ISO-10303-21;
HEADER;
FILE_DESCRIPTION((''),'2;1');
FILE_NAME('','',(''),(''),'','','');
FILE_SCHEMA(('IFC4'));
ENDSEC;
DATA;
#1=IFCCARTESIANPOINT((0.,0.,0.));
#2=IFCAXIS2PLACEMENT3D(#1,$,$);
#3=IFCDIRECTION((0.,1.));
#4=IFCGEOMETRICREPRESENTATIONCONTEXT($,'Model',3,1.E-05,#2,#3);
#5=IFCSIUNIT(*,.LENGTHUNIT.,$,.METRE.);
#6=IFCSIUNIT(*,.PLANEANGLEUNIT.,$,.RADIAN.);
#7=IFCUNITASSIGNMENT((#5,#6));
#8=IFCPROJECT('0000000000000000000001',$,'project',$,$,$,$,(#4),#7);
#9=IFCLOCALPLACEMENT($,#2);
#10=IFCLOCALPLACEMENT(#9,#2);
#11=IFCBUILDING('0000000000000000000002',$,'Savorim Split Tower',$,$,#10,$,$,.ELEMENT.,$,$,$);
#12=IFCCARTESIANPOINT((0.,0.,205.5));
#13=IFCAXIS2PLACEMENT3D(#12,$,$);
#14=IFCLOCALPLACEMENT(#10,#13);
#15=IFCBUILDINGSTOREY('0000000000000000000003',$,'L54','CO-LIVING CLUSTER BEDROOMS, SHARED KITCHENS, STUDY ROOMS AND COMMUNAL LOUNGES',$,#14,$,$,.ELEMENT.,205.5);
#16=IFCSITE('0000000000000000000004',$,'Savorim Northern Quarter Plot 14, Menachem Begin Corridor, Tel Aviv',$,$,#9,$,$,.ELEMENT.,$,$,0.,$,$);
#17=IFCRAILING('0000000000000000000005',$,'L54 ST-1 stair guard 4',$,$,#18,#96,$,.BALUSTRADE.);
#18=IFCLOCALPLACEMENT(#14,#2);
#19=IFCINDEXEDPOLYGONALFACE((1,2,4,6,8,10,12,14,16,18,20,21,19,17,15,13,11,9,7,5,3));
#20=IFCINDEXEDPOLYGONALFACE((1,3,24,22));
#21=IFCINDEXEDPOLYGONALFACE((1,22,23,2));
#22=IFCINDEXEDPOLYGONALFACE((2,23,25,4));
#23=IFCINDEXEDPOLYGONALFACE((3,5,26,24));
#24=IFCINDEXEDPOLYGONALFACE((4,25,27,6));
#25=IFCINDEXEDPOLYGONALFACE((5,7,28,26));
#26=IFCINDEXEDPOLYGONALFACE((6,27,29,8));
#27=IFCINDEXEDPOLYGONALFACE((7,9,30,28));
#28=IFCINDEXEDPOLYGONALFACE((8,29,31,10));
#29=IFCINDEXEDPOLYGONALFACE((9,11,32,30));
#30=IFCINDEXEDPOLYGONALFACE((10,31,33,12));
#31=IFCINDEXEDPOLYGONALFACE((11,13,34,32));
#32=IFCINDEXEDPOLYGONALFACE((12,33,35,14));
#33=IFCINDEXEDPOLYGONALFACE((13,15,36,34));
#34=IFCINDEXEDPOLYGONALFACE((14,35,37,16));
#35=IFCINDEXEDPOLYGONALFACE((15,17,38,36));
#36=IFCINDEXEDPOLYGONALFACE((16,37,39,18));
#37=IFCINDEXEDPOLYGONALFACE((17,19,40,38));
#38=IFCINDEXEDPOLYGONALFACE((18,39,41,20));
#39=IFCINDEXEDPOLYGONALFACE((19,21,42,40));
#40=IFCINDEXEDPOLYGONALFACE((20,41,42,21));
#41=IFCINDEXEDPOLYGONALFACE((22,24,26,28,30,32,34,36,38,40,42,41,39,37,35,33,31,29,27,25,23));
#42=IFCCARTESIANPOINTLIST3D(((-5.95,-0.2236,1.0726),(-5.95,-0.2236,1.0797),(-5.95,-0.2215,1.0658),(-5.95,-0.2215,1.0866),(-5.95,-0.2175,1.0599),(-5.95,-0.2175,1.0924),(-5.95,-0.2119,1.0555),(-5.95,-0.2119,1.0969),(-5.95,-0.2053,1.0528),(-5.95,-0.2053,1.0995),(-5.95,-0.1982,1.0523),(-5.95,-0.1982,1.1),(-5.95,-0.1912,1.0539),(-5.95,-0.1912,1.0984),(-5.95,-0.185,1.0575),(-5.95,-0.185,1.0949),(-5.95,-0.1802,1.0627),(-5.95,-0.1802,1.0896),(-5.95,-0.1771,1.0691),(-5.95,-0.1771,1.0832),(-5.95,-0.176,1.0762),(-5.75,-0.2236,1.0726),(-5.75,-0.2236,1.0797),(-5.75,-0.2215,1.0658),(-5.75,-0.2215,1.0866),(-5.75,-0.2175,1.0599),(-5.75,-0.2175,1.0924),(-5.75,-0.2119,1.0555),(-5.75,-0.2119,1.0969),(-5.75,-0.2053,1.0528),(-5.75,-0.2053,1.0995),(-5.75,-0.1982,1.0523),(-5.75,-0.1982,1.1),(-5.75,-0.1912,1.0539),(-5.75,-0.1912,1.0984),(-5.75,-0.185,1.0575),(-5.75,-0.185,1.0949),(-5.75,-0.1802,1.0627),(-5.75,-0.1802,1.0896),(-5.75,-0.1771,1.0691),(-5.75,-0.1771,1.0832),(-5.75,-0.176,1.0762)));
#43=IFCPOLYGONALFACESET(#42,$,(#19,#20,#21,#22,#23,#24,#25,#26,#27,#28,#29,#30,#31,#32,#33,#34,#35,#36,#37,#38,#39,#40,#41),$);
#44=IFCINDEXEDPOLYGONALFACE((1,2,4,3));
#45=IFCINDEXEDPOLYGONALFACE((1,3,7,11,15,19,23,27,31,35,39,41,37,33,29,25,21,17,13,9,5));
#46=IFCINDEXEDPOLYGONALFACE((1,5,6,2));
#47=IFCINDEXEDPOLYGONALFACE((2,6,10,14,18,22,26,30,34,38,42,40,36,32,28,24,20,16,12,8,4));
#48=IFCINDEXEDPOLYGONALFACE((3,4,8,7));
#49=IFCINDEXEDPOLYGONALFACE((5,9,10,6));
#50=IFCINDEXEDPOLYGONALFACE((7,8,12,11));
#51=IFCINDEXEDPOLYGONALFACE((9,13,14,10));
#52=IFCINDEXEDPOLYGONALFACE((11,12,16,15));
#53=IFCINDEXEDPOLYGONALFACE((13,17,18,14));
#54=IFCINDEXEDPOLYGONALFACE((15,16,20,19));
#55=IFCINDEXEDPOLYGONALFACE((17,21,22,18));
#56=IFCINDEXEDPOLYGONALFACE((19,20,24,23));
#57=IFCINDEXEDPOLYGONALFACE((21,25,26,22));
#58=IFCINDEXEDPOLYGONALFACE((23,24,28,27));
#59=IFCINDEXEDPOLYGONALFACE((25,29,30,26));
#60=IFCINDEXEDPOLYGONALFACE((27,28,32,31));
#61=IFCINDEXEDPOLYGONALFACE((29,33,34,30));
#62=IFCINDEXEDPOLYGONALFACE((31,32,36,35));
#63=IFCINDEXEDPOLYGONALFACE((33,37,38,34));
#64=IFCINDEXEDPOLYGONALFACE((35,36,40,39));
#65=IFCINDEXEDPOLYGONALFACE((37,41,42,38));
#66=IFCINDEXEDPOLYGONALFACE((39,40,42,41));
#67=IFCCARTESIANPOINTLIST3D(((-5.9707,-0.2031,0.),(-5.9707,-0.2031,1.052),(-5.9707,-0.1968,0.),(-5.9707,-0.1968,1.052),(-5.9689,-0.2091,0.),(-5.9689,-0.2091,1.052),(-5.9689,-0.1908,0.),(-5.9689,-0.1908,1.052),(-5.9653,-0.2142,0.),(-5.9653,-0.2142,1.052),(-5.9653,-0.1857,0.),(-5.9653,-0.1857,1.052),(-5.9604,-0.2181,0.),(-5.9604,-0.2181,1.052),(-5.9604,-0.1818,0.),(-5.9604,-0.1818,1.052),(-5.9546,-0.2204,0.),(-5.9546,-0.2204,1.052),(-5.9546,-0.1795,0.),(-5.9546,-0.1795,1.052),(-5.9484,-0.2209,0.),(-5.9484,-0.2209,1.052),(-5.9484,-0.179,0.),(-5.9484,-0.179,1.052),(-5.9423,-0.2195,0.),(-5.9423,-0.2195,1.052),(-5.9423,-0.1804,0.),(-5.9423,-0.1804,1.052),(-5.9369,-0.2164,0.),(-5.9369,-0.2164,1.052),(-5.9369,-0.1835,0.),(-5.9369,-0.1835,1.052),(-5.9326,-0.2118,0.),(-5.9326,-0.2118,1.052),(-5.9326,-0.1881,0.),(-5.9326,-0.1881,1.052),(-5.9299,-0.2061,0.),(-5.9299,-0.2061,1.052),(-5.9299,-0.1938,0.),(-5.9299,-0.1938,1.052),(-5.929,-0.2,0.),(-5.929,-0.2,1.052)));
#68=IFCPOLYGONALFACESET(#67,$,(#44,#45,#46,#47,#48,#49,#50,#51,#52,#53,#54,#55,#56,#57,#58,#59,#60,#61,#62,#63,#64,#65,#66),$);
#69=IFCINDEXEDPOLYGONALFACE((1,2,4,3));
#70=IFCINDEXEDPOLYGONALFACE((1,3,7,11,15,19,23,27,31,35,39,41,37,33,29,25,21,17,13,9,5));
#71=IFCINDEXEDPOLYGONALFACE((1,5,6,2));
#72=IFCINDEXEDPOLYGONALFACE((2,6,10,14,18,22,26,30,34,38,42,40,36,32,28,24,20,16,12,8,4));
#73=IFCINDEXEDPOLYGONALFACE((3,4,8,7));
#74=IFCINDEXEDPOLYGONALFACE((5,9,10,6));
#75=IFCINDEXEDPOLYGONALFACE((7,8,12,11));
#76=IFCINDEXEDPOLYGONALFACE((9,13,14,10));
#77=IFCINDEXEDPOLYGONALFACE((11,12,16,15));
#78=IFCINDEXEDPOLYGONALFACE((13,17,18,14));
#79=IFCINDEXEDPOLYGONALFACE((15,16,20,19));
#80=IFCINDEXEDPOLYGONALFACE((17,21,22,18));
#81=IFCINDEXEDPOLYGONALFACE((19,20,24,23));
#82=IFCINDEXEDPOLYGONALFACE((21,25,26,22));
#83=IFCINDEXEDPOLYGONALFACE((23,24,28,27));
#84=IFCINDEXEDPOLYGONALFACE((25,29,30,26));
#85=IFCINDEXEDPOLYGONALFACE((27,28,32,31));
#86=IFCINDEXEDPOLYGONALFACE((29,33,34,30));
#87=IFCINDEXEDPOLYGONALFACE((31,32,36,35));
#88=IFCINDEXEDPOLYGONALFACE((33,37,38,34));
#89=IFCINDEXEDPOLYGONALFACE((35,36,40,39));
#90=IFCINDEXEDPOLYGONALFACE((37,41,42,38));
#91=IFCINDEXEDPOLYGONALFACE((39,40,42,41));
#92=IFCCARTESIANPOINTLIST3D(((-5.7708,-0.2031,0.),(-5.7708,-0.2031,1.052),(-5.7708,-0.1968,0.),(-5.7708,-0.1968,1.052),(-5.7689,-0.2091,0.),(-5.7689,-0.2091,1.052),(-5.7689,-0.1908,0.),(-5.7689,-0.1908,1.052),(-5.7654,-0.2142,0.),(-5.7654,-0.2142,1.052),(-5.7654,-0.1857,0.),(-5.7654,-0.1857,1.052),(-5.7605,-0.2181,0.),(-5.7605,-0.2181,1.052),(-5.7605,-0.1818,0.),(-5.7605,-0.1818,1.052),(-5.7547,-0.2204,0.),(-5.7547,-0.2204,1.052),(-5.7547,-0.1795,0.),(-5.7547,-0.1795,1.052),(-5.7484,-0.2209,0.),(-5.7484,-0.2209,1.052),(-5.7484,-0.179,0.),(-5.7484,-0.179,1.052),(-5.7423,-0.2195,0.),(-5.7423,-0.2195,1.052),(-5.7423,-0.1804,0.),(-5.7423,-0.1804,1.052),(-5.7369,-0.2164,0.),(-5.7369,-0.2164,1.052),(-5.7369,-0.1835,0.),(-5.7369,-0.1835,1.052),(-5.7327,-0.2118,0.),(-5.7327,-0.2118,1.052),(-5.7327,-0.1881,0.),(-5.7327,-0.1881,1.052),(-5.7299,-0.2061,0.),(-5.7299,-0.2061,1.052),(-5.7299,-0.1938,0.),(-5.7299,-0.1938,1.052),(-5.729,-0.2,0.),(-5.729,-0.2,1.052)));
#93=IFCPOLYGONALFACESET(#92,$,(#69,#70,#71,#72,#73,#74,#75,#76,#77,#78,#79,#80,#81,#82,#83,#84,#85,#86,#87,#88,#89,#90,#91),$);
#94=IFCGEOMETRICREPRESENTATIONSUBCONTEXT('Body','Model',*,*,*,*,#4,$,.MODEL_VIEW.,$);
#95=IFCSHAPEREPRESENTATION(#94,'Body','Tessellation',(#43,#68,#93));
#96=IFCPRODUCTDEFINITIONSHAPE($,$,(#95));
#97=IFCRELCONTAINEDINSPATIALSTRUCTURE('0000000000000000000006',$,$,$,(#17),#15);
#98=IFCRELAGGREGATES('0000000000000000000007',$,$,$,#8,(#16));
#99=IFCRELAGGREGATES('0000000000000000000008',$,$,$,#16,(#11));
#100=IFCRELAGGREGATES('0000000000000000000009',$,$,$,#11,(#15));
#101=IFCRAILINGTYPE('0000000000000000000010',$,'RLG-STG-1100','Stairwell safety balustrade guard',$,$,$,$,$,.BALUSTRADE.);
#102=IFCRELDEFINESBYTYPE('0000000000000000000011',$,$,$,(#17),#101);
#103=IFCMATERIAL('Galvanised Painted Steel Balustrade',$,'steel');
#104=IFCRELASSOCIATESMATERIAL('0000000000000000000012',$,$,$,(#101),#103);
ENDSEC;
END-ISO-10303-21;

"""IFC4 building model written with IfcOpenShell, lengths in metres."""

from ifc_helpers import new_model, si_unit, direction, frame, origin, origin_2d, place, context, subcontext, project, spatial, circle, extrude, material, type_object, element, save


model = new_model("IFC4")

# Units and contexts
model_context = context("Model", 3, precision=1e-05, world=origin(), true_north=direction((0.0, 1.0)))
body_context = subcontext(model_context, "Body", "Model", "MODEL_VIEW")
ifc_project = project(units=[si_unit("LENGTHUNIT", "METRE"), si_unit("PLANEANGLEUNIT", "RADIAN")], contexts=[model_context])

# Site, building, storey
site_placement = place(None, origin())
site = spatial("IfcSite", under=ifc_project, at=site_placement, Name="Savorim Northern Quarter Plot 14, Menachem Begin Corridor, Tel Aviv", CompositionType="ELEMENT", RefElevation=0.0)
building_placement = place(site_placement, origin())
building = spatial("IfcBuilding", under=site, at=building_placement, Name="Savorim Split Tower", CompositionType="ELEMENT")
storey_placement = place(building_placement, frame((0.0, 0.0, 205.5)))
storey = spatial("IfcBuildingStorey", under=building, at=storey_placement, Name="L54", Description="CO-LIVING CLUSTER BEDROOMS, SHARED KITCHENS, STUDY ROOMS AND COMMUNAL LOUNGES", CompositionType="ELEMENT", Elevation=205.5)

# Railing
ifc_material_1 = material(Name="Galvanised Painted Steel Balustrade", Category="steel")
railing_type_1 = type_object("IfcRailingType", Name="RLG-STG-1100", Description="Stairwell safety balustrade guard", PredefinedType="BALUSTRADE", material=ifc_material_1)
railing_1_placement = place(storey_placement, frame((-5.95, -0.2, 0.0)))
element("IfcRailing", 1, at=railing_1_placement, inside=storey, type_object=railing_type_1, Name="L54 ST-1 stair guard 4", PredefinedType="BALUSTRADE", context=body_context, shape_type="SweptSolid", body=[
    extrude(circle(Radius=0.0239, at=origin_2d()), frame((0.0, 0.0, 1.0762), z_axis=(1.0, 0.0, 0.0), x_axis=(0.0, 1.0, 0.0)), (0.0, 0.0, 1.0), 0.2),
    extrude(circle(Radius=0.021, at=origin_2d()), origin(), (0.0, 0.0, 1.0), 1.052),
    extrude(circle(Radius=0.021, at=origin_2d()), frame((0.2, 0.0, 0.0)), (0.0, 0.0, 1.0), 1.052),
])

save(model, "model.ifc")
